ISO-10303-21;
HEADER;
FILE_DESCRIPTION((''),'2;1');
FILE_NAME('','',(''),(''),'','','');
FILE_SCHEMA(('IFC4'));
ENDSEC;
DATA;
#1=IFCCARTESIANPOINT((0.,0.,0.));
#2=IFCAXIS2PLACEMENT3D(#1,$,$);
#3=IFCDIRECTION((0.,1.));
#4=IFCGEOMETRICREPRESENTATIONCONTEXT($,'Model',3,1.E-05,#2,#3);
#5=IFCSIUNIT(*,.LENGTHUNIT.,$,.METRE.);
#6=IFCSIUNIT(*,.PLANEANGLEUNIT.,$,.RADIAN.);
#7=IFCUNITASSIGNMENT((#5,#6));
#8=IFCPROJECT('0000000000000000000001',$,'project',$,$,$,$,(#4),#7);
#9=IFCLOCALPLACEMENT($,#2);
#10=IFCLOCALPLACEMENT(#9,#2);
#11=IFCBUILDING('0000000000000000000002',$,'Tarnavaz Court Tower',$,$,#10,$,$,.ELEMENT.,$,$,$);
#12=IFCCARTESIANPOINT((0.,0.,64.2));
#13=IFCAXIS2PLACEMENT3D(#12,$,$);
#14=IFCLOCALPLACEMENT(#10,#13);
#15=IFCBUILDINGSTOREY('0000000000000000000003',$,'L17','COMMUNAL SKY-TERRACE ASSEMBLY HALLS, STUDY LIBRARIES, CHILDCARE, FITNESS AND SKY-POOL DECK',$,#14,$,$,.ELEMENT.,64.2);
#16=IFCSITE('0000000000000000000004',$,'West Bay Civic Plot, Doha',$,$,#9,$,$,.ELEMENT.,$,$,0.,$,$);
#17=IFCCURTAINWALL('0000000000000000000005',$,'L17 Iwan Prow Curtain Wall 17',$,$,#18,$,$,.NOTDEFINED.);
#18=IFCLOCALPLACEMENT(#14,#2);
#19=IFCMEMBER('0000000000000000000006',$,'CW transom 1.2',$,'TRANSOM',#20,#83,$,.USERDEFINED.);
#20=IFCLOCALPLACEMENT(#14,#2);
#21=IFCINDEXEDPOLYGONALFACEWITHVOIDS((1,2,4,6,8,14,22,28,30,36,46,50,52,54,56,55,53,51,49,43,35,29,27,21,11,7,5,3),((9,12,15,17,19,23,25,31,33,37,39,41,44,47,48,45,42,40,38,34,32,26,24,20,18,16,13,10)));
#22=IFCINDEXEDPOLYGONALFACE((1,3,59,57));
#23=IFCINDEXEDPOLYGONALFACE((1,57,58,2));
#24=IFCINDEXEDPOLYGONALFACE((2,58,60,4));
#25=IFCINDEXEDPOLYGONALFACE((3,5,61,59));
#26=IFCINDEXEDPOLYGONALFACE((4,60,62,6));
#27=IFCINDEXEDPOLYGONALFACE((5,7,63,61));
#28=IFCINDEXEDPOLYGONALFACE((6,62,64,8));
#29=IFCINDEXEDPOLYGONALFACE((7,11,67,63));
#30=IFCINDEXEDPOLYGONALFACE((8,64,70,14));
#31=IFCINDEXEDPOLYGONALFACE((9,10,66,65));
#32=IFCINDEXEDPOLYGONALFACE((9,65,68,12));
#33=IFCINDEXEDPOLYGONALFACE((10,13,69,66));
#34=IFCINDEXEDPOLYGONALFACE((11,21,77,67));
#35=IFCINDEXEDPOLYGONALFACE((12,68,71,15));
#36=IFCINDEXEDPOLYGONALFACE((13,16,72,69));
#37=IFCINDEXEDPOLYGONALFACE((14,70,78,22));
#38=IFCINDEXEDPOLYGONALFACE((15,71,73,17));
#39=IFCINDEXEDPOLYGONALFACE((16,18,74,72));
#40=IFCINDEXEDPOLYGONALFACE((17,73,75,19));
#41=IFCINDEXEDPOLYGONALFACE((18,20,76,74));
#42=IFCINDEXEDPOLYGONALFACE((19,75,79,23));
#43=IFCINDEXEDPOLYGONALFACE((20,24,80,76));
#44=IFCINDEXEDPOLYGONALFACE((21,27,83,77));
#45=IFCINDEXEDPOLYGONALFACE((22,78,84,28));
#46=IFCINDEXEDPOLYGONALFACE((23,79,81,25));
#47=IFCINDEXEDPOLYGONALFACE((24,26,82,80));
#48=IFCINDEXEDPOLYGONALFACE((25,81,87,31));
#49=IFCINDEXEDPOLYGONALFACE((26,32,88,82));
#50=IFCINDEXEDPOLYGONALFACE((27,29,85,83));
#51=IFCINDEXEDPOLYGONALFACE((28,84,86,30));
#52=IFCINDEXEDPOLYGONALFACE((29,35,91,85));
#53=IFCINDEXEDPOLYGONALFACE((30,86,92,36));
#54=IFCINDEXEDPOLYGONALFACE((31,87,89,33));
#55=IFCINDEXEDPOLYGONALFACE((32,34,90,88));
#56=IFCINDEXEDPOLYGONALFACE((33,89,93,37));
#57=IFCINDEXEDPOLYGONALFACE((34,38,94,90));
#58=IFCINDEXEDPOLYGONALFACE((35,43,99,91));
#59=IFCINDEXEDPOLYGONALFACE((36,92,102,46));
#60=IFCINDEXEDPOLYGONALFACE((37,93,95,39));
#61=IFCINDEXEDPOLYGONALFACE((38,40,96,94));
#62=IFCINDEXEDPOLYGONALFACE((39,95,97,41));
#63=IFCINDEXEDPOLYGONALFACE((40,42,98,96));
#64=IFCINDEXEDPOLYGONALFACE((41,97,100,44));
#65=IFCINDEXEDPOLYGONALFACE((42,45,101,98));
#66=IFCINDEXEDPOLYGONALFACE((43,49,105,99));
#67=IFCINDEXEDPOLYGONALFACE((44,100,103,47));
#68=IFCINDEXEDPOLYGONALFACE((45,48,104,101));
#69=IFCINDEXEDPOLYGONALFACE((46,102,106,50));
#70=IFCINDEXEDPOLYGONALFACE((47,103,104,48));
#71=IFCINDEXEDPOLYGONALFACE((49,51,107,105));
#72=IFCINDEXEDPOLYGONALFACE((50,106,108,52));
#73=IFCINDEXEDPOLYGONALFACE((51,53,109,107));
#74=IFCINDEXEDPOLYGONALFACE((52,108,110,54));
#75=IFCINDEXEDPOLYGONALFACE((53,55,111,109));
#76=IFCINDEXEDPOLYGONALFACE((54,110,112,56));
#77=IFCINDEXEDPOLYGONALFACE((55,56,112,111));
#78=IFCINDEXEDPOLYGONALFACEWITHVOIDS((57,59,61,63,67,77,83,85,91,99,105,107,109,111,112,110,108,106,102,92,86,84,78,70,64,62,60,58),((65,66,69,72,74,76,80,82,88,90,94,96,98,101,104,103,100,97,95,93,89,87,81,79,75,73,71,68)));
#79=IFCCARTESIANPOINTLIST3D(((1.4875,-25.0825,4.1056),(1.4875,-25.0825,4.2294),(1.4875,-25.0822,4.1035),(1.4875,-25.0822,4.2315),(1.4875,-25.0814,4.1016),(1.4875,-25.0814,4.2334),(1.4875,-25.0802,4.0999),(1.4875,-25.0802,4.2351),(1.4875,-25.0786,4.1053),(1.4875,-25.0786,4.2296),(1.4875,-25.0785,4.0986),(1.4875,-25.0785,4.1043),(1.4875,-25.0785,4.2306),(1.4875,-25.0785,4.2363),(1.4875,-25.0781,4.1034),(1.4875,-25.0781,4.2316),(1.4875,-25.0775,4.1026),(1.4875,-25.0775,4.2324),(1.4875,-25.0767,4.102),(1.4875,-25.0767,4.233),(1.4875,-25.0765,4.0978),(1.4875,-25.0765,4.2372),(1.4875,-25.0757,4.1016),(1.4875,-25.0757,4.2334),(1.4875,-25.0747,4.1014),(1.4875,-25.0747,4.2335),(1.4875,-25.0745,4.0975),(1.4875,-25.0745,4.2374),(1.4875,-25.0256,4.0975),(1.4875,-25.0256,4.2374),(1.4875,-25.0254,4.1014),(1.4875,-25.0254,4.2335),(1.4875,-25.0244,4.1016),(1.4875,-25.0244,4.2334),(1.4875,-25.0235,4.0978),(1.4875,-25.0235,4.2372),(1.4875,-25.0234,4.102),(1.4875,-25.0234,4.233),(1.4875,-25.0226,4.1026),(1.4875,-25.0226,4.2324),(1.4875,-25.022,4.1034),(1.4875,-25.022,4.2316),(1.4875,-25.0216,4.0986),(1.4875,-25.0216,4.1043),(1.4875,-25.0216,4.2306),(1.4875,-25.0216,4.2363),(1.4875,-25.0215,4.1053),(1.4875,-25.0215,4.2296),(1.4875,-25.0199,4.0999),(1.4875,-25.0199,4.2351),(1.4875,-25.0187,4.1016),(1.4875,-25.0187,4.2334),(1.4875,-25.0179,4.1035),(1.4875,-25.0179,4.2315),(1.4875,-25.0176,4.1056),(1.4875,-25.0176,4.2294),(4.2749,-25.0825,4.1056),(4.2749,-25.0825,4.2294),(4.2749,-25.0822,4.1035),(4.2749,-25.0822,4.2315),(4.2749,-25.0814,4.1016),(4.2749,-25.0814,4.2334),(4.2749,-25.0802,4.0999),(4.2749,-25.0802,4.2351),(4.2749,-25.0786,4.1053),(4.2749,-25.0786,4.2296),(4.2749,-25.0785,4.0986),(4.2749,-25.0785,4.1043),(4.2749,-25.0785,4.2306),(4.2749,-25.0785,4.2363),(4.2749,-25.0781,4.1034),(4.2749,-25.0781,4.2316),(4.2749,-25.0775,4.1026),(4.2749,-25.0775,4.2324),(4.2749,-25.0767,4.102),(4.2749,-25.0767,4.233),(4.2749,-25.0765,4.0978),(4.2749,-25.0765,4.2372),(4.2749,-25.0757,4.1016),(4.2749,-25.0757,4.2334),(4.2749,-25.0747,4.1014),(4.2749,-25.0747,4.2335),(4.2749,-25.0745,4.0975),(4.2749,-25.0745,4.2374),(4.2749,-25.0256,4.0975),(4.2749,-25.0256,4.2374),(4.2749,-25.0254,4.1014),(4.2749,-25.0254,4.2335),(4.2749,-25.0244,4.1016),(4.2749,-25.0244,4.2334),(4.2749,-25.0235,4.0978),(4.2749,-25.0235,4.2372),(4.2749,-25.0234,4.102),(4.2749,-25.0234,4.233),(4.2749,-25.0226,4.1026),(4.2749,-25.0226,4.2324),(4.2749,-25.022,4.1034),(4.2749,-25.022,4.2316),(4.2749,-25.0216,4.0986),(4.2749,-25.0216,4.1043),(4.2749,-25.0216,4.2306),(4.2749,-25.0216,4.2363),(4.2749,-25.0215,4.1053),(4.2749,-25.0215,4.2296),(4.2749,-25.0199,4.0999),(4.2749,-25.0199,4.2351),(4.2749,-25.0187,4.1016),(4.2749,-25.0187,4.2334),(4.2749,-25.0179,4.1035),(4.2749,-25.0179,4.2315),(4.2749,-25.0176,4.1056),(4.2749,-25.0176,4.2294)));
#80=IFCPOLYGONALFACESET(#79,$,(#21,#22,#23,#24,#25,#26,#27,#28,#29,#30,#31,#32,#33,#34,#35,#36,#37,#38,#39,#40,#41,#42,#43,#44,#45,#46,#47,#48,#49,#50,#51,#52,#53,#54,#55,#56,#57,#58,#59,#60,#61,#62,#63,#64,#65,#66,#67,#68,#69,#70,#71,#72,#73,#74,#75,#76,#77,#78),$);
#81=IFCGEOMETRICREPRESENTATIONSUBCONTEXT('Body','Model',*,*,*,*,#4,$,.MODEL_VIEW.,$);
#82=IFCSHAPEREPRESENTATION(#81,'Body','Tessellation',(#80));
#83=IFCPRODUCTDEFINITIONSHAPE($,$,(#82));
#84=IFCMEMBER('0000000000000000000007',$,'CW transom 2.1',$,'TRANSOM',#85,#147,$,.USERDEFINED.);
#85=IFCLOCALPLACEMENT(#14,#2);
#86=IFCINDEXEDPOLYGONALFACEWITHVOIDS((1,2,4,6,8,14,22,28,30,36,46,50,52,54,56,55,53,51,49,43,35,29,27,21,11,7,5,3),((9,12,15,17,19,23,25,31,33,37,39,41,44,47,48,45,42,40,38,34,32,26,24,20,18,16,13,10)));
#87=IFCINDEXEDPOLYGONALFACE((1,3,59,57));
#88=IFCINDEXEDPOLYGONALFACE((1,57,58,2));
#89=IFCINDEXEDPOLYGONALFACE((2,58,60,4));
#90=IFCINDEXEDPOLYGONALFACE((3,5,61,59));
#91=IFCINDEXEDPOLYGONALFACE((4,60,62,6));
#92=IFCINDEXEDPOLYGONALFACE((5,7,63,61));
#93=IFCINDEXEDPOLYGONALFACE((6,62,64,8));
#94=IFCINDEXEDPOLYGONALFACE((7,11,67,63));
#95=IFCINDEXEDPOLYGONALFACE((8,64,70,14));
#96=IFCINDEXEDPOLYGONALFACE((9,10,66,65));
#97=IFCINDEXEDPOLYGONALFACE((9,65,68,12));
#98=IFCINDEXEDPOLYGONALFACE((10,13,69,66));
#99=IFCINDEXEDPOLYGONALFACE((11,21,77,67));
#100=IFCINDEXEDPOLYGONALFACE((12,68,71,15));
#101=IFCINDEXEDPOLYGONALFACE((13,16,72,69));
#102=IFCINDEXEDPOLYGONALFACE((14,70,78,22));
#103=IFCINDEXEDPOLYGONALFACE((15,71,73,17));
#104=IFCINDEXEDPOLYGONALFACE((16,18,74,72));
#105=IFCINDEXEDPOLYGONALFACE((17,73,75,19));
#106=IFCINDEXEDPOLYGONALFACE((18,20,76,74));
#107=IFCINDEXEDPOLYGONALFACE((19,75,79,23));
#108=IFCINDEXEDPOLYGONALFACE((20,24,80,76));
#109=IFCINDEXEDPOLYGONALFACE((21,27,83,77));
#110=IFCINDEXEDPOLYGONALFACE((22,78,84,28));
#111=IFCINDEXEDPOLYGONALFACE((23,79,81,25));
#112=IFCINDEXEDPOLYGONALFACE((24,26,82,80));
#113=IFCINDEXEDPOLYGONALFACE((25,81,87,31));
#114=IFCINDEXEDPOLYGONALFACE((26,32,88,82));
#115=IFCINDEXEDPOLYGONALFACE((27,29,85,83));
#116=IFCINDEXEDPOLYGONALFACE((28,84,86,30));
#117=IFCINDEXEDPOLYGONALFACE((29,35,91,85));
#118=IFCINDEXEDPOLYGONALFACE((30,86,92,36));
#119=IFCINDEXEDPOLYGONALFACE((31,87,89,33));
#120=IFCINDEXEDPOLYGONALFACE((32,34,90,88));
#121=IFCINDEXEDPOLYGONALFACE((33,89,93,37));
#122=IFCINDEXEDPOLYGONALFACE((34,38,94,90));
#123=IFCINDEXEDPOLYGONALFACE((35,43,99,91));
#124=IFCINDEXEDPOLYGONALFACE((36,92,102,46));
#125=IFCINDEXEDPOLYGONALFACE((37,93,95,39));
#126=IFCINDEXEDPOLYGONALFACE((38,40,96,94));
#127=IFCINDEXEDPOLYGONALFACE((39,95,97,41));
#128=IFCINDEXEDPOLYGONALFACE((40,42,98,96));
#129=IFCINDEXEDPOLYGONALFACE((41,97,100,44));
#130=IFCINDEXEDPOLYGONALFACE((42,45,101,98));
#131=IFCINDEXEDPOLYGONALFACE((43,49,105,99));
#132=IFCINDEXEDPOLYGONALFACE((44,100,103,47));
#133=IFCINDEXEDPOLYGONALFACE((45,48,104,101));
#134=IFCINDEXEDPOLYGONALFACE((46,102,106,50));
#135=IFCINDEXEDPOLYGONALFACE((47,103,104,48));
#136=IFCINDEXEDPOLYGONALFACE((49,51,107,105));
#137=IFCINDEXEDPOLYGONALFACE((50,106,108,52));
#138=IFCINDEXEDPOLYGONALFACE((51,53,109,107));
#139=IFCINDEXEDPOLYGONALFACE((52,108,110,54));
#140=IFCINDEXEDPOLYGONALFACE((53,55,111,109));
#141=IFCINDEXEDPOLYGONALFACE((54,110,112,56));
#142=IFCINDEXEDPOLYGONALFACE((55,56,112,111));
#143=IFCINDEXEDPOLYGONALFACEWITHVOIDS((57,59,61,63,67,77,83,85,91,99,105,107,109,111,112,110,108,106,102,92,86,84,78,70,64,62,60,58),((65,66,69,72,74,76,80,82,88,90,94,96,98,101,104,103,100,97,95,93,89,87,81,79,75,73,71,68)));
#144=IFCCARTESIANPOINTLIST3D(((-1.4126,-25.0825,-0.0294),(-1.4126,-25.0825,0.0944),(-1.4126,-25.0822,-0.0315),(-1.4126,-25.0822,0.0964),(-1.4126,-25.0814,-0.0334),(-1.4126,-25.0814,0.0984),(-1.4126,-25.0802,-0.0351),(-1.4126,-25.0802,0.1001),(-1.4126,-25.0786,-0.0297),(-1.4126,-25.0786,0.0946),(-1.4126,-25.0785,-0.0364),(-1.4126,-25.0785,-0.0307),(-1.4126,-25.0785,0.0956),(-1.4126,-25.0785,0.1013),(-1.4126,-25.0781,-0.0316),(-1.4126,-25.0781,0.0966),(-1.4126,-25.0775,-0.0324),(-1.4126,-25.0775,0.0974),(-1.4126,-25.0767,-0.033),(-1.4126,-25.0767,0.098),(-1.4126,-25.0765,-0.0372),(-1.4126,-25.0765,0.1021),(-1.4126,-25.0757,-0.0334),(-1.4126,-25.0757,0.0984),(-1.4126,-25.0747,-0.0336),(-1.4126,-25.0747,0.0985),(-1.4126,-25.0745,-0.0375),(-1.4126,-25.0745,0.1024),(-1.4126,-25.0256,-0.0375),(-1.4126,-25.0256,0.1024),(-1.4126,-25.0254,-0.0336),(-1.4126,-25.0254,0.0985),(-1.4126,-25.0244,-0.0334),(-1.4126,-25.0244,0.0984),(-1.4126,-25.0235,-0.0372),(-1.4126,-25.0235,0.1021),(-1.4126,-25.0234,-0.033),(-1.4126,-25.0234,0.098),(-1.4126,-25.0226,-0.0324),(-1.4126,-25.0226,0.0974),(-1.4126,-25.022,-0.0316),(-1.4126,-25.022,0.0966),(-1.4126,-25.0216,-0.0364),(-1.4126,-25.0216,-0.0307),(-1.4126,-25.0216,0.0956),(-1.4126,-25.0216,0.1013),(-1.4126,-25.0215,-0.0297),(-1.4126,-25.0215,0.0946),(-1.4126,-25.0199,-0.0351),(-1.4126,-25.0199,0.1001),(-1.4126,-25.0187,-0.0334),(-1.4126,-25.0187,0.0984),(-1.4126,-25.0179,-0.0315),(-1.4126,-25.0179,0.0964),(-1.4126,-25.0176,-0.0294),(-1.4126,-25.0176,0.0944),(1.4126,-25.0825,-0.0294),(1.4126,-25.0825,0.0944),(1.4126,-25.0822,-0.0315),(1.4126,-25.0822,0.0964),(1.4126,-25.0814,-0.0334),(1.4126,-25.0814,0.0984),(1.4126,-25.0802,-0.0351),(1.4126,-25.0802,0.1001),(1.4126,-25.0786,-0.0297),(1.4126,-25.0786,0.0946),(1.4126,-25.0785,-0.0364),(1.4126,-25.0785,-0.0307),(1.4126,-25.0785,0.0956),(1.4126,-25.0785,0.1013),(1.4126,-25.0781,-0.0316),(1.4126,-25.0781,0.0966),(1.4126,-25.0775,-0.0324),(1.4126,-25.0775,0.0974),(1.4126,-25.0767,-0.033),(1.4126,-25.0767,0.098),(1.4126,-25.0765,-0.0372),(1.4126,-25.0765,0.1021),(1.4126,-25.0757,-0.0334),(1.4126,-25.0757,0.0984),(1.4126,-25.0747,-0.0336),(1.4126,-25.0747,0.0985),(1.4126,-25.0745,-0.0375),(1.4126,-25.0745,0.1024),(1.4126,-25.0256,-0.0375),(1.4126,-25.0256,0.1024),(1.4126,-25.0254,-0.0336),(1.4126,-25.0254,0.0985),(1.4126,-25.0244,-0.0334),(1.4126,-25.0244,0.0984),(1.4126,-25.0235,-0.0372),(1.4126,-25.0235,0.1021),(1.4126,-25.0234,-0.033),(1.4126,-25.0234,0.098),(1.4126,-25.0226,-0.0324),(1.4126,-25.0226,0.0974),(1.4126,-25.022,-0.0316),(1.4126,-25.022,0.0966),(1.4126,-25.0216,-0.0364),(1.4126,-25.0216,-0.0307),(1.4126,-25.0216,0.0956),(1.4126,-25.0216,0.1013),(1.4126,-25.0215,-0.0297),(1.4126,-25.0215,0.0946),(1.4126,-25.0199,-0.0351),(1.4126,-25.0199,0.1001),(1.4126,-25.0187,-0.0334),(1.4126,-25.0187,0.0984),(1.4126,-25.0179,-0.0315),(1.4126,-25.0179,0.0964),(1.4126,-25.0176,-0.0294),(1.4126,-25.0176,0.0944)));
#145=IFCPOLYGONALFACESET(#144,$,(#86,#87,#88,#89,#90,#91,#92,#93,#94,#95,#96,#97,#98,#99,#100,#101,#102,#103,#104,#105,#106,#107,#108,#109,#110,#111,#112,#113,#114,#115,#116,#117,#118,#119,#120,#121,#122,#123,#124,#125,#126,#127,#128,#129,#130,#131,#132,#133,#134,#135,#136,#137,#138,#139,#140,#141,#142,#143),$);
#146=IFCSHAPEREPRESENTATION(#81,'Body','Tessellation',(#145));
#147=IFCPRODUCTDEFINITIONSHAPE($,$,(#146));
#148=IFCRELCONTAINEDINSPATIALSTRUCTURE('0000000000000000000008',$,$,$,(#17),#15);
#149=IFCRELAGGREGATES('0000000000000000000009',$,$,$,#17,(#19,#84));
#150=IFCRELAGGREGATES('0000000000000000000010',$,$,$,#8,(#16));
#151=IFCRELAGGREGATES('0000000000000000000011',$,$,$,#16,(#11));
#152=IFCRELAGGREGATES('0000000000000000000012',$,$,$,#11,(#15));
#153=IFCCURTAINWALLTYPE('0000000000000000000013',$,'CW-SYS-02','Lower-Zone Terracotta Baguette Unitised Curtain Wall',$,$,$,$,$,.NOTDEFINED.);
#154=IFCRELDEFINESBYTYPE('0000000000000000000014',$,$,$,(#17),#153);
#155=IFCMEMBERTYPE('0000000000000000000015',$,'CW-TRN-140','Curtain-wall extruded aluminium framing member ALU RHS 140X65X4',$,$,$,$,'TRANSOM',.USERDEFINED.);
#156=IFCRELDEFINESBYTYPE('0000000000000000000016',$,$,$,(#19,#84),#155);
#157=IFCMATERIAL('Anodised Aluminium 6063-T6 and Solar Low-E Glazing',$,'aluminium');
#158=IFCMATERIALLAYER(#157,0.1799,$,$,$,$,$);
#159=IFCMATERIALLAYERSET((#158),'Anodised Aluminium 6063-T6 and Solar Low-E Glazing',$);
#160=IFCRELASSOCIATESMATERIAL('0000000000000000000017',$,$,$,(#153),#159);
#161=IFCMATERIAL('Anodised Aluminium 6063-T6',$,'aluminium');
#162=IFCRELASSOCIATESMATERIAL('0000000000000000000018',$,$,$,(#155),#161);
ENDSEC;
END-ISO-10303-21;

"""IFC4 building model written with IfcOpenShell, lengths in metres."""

from ifc_helpers import new_model, si_unit, direction, frame, origin, origin_2d, place, context, subcontext, project, spatial, hollow_rectangle, extrude, material, layer, layer_set, material_profile, profile_set, type_object, element, aggregate, save


model = new_model("IFC4")

# Units and contexts
model_context = context("Model", 3, precision=1e-05, world=origin(), true_north=direction((0.0, 1.0)))
body_context = subcontext(model_context, "Body", "Model", "MODEL_VIEW")
ifc_project = project(units=[si_unit("LENGTHUNIT", "METRE"), si_unit("PLANEANGLEUNIT", "RADIAN")], contexts=[model_context])

# Site, building, storey
site_placement = place(None, origin())
site = spatial("IfcSite", under=ifc_project, at=site_placement, Name="West Bay Civic Plot, Doha", CompositionType="ELEMENT", RefElevation=0.0)
building_placement = place(site_placement, origin())
building = spatial("IfcBuilding", under=site, at=building_placement, Name="Tarnavaz Court Tower", CompositionType="ELEMENT")
storey_placement = place(building_placement, frame((0.0, 0.0, 64.2)))
storey = spatial("IfcBuildingStorey", under=building, at=storey_placement, Name="L17", Description="COMMUNAL SKY-TERRACE ASSEMBLY HALLS, STUDY LIBRARIES, CHILDCARE, FITNESS AND SKY-POOL DECK", CompositionType="ELEMENT", Elevation=64.2)

# Shared definitions
ifc_material_1 = material(Name="Anodised Aluminium 6063-T6 and Solar Low-E Glazing", Category="aluminium")
ifc_material_2 = material(Name="Anodised Aluminium 6063-T6", Category="aluminium")

# Curtain wall
ifc_layer_1 = layer(ifc_material_1, 0.1799)
ifc_layer_set_1 = layer_set([ifc_layer_1], Name="Anodised Aluminium 6063-T6 and Solar Low-E Glazing")
curtain_wall_type_1 = type_object("IfcCurtainWallType", Name="CW-SYS-02", Description="Lower-Zone Terracotta Baguette Unitised Curtain Wall", PredefinedType="NOTDEFINED", material=ifc_layer_set_1)
curtain_wall_1_placement = place(storey_placement, origin())
curtain_wall_1 = element("IfcCurtainWall", 1, at=curtain_wall_1_placement, inside=storey, type_object=curtain_wall_type_1, Name="L17 Iwan Prow Curtain Wall 17", PredefinedType="NOTDEFINED")

# Members
ifc_material_profile_1 = material_profile(ifc_material_2, hollow_rectangle(XDim=0.0649, YDim=0.1399, WallThickness=0.0039, InnerFilletRadius=0.0039, OuterFilletRadius=0.0081, at=origin_2d()), Name="ALU RHS 140X65X4")
ifc_profile_set_1 = profile_set([ifc_material_profile_1], Name="Anodised Aluminium 6063-T6")
member_type_1 = type_object("IfcMemberType", Name="CW-TRN-140", Description="Curtain-wall extruded aluminium framing member ALU RHS 140X65X4", ElementType="TRANSOM", PredefinedType="USERDEFINED", material=ifc_profile_set_1)
member_1_placement = place(storey_placement, frame((4.2749, -25.05, 4.1675), z_axis=(-1.0, 0.0, 0.0), x_axis=(0.0, -1.0, 0.0)))
member_1 = element("IfcMember", 2, at=member_1_placement, type_object=member_type_1, Name="CW transom 1.2", ObjectType="TRANSOM", PredefinedType="USERDEFINED", context=body_context, shape_type="SweptSolid", body=[
    extrude(hollow_rectangle(XDim=0.0649, YDim=0.1399, WallThickness=0.0039, InnerFilletRadius=0.0039, OuterFilletRadius=0.0081, at=origin_2d()), origin(), (0.0, 0.0, 1.0), 2.7874),
])
member_2_placement = place(storey_placement, frame((1.4126, -25.05, 0.0325), z_axis=(-1.0, 0.0, 0.0), x_axis=(0.0, -1.0, 0.0)))
member_2 = element("IfcMember", 3, at=member_2_placement, type_object=member_type_1, Name="CW transom 2.1", ObjectType="TRANSOM", PredefinedType="USERDEFINED", context=body_context, shape_type="SweptSolid", body=[
    extrude(hollow_rectangle(XDim=0.0649, YDim=0.1399, WallThickness=0.0039, InnerFilletRadius=0.0039, OuterFilletRadius=0.0081, at=origin_2d()), origin(), (0.0, 0.0, 1.0), 2.8252),
])

aggregate(curtain_wall_1, [member_1, member_2])

save(model, "model.ifc")
